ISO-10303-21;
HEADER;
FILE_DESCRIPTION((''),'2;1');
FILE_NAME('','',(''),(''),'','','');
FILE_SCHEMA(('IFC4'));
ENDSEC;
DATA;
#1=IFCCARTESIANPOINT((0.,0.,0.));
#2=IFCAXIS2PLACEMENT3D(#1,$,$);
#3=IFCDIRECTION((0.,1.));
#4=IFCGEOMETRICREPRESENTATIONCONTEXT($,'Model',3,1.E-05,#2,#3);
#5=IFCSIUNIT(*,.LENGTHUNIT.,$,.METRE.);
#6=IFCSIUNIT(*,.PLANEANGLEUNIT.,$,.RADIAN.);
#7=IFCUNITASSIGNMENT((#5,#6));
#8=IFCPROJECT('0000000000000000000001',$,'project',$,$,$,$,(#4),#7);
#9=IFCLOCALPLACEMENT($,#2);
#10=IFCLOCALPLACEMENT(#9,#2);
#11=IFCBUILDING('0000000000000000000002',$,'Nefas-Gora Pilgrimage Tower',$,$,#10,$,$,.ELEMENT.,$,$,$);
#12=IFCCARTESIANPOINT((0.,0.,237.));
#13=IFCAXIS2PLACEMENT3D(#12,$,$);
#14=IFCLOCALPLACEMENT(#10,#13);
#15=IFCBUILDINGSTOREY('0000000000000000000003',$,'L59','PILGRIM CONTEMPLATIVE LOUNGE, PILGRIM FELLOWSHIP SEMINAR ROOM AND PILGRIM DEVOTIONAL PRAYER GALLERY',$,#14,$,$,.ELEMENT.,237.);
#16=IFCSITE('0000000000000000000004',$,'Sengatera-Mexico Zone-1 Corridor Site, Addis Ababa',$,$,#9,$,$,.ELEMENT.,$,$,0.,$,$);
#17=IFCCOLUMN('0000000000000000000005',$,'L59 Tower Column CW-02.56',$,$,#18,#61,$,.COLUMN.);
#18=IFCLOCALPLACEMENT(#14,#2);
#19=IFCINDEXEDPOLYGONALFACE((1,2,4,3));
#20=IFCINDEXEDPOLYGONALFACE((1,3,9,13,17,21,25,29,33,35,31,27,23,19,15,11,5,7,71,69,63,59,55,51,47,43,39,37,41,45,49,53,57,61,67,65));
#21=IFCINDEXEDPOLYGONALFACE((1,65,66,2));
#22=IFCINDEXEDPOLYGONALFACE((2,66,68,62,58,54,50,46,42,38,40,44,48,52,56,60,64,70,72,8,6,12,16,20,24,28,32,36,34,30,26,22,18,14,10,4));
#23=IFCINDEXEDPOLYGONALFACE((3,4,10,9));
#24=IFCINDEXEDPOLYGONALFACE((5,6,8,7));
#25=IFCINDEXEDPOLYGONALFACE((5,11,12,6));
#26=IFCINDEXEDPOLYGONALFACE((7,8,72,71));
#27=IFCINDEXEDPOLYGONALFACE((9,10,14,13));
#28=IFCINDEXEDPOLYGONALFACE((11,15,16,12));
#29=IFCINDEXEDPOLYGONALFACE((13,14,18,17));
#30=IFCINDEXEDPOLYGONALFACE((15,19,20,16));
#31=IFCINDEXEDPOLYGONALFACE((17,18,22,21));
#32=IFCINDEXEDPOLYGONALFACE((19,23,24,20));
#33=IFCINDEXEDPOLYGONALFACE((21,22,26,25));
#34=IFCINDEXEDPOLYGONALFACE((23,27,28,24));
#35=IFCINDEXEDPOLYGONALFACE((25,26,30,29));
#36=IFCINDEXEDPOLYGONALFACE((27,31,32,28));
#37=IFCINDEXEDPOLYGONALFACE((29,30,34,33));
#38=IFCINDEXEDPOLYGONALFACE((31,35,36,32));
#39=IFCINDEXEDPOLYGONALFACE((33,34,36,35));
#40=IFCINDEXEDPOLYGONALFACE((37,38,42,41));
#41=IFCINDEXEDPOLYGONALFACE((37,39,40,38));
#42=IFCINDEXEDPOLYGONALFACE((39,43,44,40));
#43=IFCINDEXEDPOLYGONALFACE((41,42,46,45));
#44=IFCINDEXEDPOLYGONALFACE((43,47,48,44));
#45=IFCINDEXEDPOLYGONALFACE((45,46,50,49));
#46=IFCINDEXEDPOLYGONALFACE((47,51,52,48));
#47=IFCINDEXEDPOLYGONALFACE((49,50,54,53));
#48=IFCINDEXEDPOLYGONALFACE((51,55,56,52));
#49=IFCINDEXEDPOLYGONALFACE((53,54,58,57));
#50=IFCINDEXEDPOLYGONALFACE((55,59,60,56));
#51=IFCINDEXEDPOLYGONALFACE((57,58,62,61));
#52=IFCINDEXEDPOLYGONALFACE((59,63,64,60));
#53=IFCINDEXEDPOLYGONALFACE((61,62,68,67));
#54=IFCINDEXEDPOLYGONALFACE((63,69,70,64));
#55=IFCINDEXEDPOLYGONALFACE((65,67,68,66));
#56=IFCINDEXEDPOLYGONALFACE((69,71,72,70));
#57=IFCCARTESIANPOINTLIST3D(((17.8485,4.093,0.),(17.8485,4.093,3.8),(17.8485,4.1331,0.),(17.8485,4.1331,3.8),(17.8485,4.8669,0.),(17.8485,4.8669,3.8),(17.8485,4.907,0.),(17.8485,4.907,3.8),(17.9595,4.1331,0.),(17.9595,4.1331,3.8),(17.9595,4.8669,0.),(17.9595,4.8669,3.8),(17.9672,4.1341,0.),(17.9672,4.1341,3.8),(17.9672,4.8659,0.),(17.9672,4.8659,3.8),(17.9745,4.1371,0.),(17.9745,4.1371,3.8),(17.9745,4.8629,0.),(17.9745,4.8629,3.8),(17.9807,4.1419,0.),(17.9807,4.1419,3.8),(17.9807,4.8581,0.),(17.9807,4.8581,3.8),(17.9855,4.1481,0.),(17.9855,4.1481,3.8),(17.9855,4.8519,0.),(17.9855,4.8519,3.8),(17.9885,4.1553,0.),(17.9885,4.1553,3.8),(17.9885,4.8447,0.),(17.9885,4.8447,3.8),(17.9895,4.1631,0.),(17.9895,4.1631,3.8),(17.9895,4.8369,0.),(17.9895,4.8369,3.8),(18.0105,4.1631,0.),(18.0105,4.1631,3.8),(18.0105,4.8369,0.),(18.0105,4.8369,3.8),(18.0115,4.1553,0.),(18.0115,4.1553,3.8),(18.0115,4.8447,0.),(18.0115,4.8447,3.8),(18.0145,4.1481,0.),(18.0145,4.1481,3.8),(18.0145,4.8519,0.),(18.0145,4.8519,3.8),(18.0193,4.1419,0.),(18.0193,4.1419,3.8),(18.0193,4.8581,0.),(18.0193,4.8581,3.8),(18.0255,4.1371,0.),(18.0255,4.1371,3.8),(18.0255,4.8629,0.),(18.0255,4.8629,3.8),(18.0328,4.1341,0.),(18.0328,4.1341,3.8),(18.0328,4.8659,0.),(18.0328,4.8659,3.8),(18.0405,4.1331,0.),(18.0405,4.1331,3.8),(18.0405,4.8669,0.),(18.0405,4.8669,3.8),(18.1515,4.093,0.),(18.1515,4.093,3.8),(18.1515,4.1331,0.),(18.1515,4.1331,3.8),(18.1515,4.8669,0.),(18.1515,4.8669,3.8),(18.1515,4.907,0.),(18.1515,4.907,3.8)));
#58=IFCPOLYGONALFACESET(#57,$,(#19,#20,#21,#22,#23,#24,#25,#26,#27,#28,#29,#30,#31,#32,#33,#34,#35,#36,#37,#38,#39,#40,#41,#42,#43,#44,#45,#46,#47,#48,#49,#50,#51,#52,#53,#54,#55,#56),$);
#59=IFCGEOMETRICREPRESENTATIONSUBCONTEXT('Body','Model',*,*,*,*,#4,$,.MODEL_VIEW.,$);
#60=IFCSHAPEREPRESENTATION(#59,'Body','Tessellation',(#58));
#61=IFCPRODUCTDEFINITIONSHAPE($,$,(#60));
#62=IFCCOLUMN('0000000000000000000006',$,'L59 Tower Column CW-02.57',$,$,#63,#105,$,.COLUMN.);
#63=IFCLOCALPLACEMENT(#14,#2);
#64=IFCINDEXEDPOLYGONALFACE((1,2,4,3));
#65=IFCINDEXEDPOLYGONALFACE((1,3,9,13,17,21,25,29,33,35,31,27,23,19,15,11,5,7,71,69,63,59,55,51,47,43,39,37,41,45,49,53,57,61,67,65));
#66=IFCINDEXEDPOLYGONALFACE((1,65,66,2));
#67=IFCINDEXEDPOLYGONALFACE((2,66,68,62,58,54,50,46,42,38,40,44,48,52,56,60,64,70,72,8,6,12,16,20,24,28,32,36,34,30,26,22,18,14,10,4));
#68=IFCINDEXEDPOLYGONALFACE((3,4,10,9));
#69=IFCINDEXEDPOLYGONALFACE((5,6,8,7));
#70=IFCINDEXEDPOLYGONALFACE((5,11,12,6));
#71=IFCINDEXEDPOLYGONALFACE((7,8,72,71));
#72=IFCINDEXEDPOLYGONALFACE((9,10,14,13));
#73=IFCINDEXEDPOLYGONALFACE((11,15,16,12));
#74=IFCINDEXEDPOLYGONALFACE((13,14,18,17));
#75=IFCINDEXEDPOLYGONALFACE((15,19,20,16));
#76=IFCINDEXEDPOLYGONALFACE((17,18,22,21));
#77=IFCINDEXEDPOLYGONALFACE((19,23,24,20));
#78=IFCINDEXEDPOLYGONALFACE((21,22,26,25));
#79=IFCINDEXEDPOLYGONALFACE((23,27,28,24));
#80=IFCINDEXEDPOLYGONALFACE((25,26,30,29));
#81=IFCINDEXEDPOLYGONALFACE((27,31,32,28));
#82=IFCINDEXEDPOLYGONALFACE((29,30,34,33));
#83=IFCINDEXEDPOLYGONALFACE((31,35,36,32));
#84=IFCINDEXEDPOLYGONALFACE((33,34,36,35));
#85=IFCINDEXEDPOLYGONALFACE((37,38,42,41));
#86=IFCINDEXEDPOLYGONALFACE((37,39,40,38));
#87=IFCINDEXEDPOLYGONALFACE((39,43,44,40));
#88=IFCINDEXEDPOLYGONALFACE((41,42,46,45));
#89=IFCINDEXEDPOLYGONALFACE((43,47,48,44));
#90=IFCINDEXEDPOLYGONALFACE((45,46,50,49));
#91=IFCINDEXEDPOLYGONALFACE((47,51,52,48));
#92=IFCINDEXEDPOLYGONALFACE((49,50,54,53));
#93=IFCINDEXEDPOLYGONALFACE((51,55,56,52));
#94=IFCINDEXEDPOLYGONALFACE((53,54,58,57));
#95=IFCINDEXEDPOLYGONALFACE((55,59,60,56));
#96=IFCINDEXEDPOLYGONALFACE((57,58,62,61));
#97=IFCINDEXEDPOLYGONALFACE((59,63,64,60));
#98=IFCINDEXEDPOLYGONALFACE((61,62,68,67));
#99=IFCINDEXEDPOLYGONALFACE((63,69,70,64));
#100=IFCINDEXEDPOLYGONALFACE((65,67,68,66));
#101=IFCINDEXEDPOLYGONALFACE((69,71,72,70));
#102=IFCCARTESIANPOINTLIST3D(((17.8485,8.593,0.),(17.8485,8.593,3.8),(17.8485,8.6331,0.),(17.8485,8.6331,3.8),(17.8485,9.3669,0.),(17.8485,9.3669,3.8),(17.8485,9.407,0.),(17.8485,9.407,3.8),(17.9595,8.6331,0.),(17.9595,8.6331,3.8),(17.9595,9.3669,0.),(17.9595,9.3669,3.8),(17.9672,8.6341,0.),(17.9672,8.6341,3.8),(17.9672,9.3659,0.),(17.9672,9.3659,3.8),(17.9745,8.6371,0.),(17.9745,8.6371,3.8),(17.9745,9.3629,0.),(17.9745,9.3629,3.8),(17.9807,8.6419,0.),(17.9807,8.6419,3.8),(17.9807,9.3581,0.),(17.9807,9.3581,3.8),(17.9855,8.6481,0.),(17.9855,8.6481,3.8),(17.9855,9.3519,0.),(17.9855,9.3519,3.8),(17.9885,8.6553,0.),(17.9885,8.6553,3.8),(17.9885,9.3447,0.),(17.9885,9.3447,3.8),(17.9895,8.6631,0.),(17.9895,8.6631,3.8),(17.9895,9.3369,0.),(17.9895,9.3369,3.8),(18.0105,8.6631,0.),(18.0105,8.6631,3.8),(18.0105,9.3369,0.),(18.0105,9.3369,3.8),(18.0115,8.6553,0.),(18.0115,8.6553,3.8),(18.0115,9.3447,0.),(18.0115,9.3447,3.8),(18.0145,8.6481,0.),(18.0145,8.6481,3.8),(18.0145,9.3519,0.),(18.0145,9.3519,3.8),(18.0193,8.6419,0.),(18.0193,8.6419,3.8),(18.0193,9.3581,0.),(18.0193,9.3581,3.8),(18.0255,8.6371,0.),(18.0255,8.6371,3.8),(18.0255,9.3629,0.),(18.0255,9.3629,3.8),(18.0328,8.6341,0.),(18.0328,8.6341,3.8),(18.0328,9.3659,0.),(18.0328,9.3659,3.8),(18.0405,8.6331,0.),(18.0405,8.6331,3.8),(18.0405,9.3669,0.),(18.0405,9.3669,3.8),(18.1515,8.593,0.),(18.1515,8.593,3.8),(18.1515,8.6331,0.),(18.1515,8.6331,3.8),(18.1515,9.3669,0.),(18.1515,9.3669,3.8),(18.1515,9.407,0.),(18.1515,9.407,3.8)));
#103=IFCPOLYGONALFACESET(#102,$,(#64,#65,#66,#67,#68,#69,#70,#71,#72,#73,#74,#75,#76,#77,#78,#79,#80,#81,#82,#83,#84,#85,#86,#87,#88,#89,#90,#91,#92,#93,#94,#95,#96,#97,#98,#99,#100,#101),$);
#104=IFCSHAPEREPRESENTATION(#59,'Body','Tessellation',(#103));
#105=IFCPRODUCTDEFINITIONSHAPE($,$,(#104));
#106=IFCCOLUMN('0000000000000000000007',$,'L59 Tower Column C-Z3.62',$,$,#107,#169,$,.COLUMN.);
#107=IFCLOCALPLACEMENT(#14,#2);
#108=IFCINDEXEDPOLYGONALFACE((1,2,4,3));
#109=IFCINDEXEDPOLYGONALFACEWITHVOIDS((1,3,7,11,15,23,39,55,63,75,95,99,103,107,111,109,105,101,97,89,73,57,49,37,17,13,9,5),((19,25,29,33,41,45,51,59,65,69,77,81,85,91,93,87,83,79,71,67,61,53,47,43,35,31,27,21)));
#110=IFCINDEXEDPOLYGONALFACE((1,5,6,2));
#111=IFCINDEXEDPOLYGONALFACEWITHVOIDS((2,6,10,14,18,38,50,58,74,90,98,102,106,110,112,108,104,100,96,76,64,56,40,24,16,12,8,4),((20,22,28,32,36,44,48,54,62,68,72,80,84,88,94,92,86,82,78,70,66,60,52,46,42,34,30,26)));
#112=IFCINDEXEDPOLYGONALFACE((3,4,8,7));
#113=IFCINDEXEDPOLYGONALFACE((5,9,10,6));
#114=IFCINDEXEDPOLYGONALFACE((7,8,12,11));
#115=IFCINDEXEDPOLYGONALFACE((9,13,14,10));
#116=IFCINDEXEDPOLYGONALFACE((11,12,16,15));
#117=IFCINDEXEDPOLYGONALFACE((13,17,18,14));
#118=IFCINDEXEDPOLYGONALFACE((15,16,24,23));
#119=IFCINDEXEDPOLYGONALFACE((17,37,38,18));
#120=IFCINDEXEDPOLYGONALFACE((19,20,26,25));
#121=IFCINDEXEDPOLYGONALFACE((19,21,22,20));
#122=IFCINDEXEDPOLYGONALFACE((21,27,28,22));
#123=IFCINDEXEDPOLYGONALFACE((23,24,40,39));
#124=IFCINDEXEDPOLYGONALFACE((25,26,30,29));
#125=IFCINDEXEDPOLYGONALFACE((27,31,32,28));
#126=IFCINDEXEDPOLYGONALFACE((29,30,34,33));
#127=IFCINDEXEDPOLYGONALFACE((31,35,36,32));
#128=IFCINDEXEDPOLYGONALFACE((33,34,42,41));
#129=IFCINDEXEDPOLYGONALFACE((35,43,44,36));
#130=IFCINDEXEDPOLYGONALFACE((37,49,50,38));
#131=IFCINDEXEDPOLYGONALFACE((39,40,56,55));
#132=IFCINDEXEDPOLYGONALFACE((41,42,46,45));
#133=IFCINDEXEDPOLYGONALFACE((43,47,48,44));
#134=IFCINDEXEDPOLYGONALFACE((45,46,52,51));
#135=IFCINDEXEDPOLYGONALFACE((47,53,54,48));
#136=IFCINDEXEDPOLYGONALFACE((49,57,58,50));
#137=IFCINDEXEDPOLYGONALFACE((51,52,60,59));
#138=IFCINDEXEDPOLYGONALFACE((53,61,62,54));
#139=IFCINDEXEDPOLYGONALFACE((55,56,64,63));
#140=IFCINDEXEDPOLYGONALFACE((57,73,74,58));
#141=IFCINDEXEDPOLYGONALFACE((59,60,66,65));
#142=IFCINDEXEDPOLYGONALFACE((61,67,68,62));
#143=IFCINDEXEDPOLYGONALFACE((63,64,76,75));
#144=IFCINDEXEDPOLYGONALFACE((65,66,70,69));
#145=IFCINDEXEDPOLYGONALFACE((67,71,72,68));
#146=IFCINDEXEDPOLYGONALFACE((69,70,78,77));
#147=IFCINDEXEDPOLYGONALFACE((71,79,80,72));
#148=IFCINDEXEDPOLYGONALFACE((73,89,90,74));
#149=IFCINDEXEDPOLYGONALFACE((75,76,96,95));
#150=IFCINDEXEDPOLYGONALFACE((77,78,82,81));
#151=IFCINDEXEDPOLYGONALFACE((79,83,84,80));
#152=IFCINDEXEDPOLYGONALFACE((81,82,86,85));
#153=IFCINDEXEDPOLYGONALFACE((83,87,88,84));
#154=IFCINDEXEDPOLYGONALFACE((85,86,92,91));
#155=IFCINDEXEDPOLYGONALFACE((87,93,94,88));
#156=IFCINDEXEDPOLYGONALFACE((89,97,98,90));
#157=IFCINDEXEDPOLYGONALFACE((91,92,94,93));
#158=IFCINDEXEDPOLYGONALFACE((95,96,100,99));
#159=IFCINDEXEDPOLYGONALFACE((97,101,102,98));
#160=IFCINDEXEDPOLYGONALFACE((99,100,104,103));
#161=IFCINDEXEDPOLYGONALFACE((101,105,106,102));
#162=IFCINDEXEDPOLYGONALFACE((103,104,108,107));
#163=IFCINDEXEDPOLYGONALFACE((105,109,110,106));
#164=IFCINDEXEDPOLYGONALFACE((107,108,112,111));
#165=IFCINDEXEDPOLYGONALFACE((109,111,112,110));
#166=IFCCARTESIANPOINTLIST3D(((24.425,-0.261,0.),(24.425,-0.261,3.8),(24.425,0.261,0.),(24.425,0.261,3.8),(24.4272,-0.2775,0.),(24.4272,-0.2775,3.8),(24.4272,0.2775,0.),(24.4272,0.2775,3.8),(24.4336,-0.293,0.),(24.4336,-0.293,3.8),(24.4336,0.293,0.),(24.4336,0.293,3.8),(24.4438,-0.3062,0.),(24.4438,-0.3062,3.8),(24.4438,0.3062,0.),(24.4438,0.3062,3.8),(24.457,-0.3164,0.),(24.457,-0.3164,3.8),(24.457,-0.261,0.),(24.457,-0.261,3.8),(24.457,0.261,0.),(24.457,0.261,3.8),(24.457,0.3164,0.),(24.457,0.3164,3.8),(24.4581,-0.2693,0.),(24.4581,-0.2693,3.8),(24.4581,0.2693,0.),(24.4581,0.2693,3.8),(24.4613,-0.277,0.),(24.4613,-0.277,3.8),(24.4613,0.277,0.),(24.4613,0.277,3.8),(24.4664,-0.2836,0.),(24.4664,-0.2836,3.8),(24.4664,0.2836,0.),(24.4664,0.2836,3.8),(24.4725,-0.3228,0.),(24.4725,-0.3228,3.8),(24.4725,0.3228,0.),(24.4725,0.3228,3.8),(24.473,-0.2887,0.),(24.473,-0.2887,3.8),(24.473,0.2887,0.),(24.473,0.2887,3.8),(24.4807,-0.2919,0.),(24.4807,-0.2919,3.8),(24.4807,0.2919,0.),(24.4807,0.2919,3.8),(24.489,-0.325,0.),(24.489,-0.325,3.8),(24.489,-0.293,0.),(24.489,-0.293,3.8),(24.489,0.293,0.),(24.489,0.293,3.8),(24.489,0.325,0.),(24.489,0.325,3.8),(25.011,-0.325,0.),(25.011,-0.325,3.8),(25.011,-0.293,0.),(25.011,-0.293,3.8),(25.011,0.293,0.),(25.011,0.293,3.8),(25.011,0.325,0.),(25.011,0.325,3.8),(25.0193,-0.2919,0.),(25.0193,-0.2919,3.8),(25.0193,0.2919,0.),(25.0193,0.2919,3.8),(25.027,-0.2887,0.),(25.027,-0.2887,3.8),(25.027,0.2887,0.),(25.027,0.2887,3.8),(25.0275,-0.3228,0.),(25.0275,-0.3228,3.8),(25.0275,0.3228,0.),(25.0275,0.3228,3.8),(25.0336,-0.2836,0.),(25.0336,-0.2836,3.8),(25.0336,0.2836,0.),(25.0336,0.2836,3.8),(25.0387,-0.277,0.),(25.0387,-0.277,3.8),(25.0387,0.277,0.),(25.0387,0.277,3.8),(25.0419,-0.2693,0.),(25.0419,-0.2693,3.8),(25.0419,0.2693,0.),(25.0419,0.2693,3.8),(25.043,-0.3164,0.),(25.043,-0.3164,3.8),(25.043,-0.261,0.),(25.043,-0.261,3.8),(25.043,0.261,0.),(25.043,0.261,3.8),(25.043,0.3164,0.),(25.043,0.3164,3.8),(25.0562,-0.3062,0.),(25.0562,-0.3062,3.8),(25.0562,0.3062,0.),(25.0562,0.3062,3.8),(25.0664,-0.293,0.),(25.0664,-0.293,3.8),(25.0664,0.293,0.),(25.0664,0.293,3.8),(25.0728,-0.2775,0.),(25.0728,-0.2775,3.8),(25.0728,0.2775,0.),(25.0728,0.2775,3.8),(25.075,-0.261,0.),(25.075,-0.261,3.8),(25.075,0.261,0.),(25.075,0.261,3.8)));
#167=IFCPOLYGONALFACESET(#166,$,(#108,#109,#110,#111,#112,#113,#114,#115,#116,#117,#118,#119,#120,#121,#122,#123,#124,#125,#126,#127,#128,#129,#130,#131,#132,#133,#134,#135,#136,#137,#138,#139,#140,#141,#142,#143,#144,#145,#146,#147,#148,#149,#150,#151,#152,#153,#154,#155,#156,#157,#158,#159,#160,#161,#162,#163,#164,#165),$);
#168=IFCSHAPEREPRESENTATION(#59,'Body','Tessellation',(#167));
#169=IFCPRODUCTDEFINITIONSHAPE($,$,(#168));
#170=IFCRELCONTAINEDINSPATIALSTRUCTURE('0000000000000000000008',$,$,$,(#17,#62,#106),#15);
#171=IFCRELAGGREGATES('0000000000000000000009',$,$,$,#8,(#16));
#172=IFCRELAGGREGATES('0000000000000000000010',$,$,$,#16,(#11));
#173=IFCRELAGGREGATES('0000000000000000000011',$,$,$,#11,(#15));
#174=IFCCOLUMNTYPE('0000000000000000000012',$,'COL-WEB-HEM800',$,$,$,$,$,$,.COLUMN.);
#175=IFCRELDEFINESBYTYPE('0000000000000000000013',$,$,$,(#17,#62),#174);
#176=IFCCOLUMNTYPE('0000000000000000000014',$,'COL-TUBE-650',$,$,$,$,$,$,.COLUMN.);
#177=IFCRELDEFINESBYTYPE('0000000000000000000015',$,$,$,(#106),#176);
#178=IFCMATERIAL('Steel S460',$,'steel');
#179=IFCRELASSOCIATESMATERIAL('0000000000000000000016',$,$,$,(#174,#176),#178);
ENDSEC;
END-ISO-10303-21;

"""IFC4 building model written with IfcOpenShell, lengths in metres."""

from ifc_helpers import new_model, si_unit, direction, frame, origin, origin_2d, place, context, subcontext, project, spatial, hollow_rectangle, i_section, extrude, source, transform, mapped, material, material_profile, profile_set, type_object, element, save


model = new_model("IFC4")

# Units and contexts
model_context = context("Model", 3, precision=1e-05, world=origin(), true_north=direction((0.0, 1.0)))
body_context = subcontext(model_context, "Body", "Model", "MODEL_VIEW")
ifc_project = project(units=[si_unit("LENGTHUNIT", "METRE"), si_unit("PLANEANGLEUNIT", "RADIAN")], contexts=[model_context])

# Site, building, storey
site_placement = place(None, origin())
site = spatial("IfcSite", under=ifc_project, at=site_placement, Name="Sengatera-Mexico Zone-1 Corridor Site, Addis Ababa", CompositionType="ELEMENT", RefElevation=0.0)
building_placement = place(site_placement, origin())
building = spatial("IfcBuilding", under=site, at=building_placement, Name="Nefas-Gora Pilgrimage Tower", CompositionType="ELEMENT")
storey_placement = place(building_placement, frame((0.0, 0.0, 237.0)))
storey = spatial("IfcBuildingStorey", under=building, at=storey_placement, Name="L59", Description="PILGRIM CONTEMPLATIVE LOUNGE, PILGRIM FELLOWSHIP SEMINAR ROOM AND PILGRIM DEVOTIONAL PRAYER GALLERY", CompositionType="ELEMENT", Elevation=237.0)

# Columns
ifc_material_1 = material(Name="Steel S460", Category="steel")
ifc_material_profile_1 = material_profile(ifc_material_1, i_section(OverallWidth=0.303, OverallDepth=0.814, WebThickness=0.021, FlangeThickness=0.04, FilletRadius=0.03, at=origin_2d()), Name="HEM 800")
ifc_profile_set_1 = profile_set([ifc_material_profile_1], Name="Steel S460")
column_type_1 = type_object("IfcColumnType", Name="COL-WEB-HEM800", PredefinedType="COLUMN", material=ifc_profile_set_1)
shared_shape_1 = source(origin(), body_context, "Body", "SweptSolid", [
    extrude(i_section(OverallWidth=0.303, OverallDepth=0.814, WebThickness=0.021, FlangeThickness=0.04, FilletRadius=0.03, at=origin_2d()), origin(), (0.0, 0.0, 1.0), 3.8),
])
for number, where, z_axis, x_axis, name in (
    (1, (18.0, 4.5, 0.0), (0.0, 0.0, 1.0), (1.0, 0.0, 0.0), "L59 Tower Column CW-02.56"),
    (2, (18.0, 9.0, 0.0), (0.0, 0.0, 1.0), (1.0, 0.0, 0.0), "L59 Tower Column CW-02.57"),
):
    element("IfcColumn", number, at=place(storey_placement, frame(where, z_axis=z_axis, x_axis=x_axis)), inside=storey, type_object=column_type_1, Name=name, PredefinedType="COLUMN", context=body_context, shape_type="MappedRepresentation", body=[
        mapped(shared_shape_1, transform((0.0, 0.0, 0.0), x_axis=(1.0, 0.0, 0.0), y_axis=(0.0, 1.0, 0.0), z_axis=(0.0, 0.0, 1.0), scale=1.0)),
    ])
ifc_material_profile_2 = material_profile(ifc_material_1, hollow_rectangle(XDim=0.6499, YDim=0.6499, WallThickness=0.032, InnerFilletRadius=0.032, OuterFilletRadius=0.064, at=origin_2d()), Name="BOX 650x650x32")
ifc_profile_set_2 = profile_set([ifc_material_profile_2], Name="Steel S460")
column_type_2 = type_object("IfcColumnType", Name="COL-TUBE-650", PredefinedType="COLUMN", material=ifc_profile_set_2)
shared_shape_2 = source(origin(), body_context, "Body", "SweptSolid", [
    extrude(hollow_rectangle(XDim=0.6499, YDim=0.6499, WallThickness=0.032, InnerFilletRadius=0.032, OuterFilletRadius=0.064, at=origin_2d()), origin(), (0.0, 0.0, 1.0), 3.8),
])
for number, where, z_axis, x_axis, name in (
    (3, (24.75, 0.0, 0.0), (0.0, 0.0, 1.0), (1.0, 0.0, 0.0), "L59 Tower Column C-Z3.62"),
):
    element("IfcColumn", number, at=place(storey_placement, frame(where, z_axis=z_axis, x_axis=x_axis)), inside=storey, type_object=column_type_2, Name=name, PredefinedType="COLUMN", context=body_context, shape_type="MappedRepresentation", body=[
        mapped(shared_shape_2, transform((0.0, 0.0, 0.0), x_axis=(1.0, 0.0, 0.0), y_axis=(0.0, 1.0, 0.0), z_axis=(0.0, 0.0, 1.0), scale=1.0)),
    ])

save(model, "model.ifc")
